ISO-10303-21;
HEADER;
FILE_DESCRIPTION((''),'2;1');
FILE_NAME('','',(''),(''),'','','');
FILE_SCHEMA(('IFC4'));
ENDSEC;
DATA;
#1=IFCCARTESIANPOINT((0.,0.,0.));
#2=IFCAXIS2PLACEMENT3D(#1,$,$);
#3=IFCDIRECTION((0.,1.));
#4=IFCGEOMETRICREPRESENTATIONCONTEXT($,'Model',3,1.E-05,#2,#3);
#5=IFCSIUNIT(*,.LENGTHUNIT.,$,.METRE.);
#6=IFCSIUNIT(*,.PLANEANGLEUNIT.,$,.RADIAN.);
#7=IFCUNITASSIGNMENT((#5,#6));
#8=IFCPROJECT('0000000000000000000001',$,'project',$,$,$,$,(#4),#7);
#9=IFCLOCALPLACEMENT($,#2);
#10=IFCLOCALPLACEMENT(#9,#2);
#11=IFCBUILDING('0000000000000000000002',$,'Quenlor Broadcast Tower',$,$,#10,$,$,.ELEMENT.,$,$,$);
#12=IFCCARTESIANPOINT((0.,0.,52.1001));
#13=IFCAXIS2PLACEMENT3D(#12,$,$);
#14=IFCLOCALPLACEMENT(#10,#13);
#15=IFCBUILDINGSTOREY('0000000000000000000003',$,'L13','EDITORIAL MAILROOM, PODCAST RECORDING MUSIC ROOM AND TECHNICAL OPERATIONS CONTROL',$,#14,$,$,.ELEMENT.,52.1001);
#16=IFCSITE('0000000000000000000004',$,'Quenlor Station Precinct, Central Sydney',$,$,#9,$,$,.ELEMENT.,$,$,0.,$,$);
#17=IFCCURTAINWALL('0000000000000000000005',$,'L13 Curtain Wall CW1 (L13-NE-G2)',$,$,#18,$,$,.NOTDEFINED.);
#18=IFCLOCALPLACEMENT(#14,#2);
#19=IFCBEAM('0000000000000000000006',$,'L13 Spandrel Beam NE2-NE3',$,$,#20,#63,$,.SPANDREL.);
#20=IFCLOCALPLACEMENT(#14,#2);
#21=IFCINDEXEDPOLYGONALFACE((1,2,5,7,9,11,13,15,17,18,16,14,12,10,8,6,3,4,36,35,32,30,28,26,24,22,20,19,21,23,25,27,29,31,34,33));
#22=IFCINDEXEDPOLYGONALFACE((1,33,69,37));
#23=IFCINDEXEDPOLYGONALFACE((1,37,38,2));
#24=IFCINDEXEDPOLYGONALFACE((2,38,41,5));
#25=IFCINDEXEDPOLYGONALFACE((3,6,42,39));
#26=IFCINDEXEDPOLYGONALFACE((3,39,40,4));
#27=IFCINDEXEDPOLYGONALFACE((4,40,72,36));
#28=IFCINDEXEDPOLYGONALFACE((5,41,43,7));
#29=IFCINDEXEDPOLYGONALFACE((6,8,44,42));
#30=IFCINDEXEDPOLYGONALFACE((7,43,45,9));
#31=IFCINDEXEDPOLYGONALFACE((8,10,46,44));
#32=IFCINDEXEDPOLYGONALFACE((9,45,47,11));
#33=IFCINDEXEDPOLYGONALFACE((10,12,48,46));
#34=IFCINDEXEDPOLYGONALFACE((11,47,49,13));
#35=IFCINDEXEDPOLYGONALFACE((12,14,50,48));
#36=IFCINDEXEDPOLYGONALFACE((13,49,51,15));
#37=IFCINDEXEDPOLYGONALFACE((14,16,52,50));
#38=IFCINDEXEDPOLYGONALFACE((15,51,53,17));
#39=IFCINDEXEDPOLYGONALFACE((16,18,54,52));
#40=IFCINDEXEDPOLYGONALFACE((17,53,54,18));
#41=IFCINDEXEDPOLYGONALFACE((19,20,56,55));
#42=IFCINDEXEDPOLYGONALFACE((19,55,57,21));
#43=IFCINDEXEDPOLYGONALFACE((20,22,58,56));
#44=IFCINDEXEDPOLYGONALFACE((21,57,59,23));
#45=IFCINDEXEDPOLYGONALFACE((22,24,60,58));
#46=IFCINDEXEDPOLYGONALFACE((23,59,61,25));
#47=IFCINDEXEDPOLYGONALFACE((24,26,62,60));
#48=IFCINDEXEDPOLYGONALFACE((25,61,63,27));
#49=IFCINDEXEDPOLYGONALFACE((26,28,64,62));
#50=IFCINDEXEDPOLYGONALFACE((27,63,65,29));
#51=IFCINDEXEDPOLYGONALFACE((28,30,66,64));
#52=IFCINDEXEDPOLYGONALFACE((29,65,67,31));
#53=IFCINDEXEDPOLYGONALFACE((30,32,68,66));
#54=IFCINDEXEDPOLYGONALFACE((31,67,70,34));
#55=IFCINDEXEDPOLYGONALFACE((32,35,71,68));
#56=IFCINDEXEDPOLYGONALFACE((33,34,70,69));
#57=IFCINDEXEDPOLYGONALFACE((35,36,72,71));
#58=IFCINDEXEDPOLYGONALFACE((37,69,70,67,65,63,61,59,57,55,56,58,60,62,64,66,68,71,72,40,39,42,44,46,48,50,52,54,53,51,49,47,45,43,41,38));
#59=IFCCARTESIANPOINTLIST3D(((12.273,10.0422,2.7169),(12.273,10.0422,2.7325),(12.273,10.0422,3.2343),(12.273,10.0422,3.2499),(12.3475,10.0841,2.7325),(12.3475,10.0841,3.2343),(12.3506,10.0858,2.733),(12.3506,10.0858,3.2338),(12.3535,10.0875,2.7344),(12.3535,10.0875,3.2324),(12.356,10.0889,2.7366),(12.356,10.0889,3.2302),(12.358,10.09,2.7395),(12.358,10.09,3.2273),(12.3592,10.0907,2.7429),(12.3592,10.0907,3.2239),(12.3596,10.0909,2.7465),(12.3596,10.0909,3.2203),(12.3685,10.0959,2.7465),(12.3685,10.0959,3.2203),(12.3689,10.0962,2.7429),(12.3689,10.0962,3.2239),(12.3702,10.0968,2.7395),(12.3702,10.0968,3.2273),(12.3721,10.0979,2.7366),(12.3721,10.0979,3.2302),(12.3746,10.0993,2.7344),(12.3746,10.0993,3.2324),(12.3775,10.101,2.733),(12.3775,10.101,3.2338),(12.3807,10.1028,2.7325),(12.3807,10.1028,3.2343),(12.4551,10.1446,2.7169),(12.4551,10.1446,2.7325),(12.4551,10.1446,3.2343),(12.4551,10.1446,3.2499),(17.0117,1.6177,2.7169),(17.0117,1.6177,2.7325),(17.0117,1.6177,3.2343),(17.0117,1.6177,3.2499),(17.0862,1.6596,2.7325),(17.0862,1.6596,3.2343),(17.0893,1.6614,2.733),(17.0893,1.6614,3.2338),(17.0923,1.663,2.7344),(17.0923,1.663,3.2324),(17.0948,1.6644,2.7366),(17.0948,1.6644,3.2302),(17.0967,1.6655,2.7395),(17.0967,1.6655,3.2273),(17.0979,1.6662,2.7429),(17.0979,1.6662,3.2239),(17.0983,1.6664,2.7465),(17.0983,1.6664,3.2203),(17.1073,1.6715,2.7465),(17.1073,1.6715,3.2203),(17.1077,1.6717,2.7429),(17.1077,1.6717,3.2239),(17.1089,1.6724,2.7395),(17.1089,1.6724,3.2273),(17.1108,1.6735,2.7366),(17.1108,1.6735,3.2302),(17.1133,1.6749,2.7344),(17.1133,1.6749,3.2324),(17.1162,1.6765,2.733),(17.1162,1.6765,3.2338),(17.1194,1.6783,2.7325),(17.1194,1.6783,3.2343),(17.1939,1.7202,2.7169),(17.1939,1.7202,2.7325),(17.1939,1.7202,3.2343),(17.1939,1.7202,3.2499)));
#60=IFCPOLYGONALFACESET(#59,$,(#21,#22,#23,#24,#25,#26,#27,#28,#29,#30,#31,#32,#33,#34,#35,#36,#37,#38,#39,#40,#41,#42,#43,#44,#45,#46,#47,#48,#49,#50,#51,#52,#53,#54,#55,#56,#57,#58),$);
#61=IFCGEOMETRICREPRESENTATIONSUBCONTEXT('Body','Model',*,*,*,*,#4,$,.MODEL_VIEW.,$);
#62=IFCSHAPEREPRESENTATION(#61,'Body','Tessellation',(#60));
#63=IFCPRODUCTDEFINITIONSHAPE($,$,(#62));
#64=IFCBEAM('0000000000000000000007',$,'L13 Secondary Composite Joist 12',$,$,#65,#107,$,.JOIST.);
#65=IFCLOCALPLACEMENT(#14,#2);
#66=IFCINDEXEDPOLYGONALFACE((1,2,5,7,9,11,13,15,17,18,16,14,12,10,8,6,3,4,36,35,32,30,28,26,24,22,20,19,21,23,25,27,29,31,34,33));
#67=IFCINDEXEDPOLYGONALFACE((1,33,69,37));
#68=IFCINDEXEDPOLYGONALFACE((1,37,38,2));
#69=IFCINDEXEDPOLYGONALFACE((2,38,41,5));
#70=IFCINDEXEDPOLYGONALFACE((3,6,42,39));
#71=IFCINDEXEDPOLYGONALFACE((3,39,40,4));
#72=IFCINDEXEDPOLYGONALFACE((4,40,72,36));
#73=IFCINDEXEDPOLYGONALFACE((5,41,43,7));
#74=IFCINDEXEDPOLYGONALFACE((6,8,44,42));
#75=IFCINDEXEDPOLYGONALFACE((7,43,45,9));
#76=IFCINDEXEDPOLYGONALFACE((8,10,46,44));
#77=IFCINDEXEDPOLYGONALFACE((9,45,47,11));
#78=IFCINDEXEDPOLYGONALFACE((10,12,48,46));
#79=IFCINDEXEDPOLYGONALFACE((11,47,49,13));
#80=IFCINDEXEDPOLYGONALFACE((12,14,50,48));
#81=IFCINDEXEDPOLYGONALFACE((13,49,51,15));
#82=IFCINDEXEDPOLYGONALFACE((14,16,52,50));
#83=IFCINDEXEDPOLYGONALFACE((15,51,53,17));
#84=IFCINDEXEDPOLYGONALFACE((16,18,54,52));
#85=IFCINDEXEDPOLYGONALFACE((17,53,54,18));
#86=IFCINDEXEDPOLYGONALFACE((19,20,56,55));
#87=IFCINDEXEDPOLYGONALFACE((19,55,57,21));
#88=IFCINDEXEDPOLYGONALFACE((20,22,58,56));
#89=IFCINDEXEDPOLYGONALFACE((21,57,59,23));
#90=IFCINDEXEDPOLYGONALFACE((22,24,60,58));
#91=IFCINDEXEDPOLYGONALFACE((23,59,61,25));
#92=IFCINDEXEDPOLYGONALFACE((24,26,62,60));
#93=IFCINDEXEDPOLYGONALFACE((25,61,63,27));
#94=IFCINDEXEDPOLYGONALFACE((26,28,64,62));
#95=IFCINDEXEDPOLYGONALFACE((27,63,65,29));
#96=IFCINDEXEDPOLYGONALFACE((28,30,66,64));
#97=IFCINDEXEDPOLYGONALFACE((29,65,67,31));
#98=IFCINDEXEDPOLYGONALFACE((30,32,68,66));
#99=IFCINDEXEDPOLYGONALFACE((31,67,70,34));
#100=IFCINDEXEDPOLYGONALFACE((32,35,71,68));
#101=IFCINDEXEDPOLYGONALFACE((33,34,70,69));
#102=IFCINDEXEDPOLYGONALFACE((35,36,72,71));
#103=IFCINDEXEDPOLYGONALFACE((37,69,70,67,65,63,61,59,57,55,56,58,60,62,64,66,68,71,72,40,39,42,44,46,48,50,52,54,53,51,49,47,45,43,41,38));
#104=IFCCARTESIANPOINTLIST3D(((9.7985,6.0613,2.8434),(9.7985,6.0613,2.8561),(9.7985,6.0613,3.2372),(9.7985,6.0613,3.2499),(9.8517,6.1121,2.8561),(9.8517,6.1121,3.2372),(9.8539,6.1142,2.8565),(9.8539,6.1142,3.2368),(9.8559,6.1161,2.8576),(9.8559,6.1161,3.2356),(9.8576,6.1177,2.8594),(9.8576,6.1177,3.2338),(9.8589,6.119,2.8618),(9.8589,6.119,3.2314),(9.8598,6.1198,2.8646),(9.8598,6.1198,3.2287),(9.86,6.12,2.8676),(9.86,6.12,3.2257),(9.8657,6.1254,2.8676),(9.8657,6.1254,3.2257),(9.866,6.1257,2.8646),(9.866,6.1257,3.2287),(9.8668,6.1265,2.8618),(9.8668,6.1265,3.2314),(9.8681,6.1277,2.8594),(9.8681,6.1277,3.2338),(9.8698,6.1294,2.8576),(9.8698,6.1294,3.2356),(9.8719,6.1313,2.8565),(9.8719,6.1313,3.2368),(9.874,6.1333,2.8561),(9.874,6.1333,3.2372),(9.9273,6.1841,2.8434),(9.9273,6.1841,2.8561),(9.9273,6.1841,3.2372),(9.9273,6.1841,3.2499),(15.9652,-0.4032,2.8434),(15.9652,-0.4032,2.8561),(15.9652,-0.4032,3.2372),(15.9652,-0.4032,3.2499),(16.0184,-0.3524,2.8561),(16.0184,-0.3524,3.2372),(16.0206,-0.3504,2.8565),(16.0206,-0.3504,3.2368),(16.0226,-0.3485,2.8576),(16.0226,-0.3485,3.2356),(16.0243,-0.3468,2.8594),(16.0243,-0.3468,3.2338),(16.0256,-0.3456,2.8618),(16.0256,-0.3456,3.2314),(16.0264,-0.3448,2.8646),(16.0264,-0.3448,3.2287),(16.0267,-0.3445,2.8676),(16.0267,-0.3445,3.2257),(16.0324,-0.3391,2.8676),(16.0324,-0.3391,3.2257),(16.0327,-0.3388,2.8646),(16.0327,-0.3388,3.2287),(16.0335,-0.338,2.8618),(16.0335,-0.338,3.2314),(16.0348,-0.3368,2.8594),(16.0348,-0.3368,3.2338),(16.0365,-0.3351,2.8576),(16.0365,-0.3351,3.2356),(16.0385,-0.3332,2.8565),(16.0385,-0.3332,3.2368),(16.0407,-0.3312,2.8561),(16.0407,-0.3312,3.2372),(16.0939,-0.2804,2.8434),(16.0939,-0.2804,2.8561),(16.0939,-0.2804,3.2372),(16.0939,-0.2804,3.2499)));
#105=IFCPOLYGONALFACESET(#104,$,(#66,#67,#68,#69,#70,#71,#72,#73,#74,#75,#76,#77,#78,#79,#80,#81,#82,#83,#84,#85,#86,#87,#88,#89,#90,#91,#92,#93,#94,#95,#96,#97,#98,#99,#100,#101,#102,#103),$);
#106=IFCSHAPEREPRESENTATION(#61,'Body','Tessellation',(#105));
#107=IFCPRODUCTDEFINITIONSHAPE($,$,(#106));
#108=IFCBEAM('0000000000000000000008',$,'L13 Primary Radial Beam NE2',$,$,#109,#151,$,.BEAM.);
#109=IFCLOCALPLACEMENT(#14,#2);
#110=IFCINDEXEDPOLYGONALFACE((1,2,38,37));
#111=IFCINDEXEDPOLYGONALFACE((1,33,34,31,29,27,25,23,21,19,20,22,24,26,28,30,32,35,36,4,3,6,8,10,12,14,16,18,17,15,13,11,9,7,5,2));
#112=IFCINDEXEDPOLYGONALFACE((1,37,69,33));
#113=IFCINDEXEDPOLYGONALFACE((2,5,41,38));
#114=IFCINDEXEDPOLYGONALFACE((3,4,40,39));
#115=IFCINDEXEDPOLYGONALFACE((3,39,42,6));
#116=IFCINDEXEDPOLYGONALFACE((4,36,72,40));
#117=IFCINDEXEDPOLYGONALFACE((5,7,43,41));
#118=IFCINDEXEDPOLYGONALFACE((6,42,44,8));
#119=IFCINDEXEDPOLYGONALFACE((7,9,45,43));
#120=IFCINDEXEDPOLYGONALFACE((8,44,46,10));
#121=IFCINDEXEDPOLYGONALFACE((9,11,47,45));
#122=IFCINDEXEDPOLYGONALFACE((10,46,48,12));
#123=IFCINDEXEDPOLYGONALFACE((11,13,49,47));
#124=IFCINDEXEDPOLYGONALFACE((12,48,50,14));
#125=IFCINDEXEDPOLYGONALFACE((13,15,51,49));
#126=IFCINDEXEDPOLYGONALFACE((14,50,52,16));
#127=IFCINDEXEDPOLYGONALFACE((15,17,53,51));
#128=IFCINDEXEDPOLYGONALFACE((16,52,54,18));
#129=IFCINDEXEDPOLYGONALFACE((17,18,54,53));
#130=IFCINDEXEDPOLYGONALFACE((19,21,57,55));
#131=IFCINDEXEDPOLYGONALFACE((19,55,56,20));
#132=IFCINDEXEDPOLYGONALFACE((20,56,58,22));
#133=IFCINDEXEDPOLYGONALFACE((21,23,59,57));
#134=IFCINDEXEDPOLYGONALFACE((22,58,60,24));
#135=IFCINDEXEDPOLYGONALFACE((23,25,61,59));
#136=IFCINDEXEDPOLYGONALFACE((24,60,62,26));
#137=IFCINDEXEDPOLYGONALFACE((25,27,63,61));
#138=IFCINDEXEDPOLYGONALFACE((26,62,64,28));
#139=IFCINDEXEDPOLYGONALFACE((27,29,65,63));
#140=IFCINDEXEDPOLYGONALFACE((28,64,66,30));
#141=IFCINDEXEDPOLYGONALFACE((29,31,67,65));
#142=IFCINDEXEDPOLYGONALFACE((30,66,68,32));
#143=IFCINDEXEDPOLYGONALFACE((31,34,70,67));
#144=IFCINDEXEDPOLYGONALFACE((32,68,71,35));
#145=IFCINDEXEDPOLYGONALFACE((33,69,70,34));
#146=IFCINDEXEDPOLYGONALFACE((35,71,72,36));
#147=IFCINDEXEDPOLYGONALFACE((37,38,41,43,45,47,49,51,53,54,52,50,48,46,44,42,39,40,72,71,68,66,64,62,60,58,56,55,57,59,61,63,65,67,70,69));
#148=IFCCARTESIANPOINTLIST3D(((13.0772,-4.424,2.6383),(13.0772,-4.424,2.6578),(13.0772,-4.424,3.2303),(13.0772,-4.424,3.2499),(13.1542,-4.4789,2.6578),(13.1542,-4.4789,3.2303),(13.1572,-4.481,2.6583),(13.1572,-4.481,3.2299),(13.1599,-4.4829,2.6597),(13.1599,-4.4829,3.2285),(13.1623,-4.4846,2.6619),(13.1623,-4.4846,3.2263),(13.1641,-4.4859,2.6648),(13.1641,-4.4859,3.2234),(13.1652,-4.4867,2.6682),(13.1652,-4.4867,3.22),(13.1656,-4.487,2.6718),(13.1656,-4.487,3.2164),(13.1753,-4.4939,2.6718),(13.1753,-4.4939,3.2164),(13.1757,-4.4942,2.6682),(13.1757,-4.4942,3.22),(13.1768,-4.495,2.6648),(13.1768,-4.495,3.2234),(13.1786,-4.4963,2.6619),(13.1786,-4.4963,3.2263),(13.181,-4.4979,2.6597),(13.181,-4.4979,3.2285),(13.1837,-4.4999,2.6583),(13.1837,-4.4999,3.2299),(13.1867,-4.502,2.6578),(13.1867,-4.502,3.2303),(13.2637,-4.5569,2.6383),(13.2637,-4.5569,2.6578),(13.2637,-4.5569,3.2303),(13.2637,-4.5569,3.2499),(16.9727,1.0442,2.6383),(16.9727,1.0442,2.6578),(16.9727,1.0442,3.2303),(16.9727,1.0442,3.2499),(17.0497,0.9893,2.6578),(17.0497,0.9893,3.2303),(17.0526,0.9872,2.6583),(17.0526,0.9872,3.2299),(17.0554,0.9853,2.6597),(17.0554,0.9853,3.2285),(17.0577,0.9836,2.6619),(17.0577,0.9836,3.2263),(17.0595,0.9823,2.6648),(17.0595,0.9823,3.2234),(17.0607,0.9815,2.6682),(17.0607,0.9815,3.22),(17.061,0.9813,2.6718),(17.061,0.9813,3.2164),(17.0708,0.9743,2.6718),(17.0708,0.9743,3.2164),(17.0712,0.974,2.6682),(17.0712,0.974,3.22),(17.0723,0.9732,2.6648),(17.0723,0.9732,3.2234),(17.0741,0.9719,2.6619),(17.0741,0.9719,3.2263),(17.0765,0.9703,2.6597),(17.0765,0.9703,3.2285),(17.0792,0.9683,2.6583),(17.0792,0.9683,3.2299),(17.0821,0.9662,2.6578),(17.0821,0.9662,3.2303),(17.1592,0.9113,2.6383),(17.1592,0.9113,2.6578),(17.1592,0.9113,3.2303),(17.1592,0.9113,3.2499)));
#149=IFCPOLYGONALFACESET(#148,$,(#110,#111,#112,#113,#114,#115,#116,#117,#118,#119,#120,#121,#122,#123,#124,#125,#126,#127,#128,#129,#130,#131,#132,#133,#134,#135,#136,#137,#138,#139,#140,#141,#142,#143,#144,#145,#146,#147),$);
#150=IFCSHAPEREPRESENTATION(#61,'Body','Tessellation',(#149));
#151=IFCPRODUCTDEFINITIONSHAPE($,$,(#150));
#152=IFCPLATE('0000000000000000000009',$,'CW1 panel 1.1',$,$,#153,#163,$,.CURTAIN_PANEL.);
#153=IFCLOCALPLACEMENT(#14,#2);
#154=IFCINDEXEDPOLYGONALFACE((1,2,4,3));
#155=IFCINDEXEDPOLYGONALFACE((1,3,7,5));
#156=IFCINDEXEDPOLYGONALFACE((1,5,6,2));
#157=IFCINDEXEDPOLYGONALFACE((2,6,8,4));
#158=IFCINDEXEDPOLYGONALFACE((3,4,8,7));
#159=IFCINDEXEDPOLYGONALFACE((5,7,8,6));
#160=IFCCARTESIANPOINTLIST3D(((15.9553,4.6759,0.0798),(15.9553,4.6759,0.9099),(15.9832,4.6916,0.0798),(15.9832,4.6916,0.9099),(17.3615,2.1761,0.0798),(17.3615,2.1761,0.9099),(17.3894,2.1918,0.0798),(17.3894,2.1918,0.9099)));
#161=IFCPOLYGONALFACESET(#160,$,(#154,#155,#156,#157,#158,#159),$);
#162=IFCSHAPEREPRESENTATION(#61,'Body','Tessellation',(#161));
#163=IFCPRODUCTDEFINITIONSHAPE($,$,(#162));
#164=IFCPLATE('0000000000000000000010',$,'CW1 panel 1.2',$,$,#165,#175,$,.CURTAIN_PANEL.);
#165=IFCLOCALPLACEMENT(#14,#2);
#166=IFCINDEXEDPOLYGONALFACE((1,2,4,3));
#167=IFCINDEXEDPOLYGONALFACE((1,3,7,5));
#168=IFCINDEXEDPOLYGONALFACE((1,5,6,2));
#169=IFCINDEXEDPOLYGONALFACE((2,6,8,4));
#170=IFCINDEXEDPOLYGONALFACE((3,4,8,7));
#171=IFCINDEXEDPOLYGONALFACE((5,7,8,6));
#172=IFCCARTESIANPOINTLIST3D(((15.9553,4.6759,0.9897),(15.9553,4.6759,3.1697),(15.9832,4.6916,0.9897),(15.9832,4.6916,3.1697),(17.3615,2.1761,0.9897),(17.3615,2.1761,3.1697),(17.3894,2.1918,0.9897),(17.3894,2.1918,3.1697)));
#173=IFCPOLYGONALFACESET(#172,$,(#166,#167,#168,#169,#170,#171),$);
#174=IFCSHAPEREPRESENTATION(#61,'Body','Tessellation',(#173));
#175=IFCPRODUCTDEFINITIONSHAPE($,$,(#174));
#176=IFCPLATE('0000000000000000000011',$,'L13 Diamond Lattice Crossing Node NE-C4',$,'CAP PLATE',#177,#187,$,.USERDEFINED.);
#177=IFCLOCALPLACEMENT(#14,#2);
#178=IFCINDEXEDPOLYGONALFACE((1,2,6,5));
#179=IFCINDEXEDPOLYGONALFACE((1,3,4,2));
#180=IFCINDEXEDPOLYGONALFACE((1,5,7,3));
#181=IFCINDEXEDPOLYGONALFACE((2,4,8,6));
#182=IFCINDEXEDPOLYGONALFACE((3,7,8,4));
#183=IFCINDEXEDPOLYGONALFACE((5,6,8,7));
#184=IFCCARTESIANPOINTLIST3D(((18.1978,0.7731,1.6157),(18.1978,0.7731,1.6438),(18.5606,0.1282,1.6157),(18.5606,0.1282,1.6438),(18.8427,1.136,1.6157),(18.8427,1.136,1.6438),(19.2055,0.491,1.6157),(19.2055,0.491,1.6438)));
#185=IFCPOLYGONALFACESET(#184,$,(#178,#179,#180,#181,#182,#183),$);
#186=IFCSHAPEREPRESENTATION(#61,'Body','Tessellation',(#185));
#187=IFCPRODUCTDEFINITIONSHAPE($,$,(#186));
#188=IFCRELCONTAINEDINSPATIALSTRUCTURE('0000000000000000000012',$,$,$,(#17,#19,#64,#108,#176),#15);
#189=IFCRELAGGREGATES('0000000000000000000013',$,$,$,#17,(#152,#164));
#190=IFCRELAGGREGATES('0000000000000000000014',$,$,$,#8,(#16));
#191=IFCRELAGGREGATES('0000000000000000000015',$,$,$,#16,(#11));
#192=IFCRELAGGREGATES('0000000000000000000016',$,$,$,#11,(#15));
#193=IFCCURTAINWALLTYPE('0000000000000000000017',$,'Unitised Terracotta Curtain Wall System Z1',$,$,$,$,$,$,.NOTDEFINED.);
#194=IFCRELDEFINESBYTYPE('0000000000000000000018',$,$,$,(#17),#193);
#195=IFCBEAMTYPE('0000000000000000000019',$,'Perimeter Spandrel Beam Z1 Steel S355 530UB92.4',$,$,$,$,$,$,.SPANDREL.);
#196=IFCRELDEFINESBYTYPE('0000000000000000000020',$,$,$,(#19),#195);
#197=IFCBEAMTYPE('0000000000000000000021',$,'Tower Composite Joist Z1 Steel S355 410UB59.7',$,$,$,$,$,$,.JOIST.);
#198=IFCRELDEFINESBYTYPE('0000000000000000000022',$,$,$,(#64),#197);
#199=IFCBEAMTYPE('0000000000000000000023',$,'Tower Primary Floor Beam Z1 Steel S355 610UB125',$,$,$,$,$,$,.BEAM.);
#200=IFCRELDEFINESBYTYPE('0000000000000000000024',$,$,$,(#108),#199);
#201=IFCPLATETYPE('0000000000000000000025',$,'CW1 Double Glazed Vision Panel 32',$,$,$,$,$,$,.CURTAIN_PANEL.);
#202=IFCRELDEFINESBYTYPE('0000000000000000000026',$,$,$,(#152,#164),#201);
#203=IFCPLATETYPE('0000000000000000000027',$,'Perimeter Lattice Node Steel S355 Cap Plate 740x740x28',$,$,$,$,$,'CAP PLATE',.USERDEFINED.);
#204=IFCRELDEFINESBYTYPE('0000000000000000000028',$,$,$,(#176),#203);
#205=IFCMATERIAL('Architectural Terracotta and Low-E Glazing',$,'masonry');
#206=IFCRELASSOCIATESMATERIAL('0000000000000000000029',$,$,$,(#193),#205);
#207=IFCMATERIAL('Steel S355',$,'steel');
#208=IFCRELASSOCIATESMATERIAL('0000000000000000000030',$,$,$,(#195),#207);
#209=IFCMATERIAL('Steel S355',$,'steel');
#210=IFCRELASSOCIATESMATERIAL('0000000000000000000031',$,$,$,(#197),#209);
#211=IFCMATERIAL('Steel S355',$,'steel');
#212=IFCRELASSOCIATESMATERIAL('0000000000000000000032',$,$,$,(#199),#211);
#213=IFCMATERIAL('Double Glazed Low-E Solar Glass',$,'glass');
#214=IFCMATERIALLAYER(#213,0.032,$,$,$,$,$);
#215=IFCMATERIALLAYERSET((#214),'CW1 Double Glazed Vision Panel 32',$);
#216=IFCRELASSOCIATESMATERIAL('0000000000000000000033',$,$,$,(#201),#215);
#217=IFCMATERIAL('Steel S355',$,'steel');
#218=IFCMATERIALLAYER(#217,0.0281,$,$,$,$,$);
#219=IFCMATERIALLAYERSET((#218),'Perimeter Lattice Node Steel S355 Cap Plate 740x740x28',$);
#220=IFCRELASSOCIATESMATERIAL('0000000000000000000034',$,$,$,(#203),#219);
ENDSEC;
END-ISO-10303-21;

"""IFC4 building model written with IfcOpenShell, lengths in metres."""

from ifc_helpers import new_model, si_unit, direction, frame, origin, origin_2d, place, context, subcontext, project, spatial, rectangle, i_section, extrude, material, layer, layer_set, material_profile, profile_set, type_object, element, aggregate, save


model = new_model("IFC4")

# Units and contexts
model_context = context("Model", 3, precision=1e-05, world=origin(), true_north=direction((0.0, 1.0)))
body_context = subcontext(model_context, "Body", "Model", "MODEL_VIEW")
ifc_project = project(units=[si_unit("LENGTHUNIT", "METRE"), si_unit("PLANEANGLEUNIT", "RADIAN")], contexts=[model_context])

# Site, building, storey
site_placement = place(None, origin())
site = spatial("IfcSite", under=ifc_project, at=site_placement, Name="Quenlor Station Precinct, Central Sydney", CompositionType="ELEMENT", RefElevation=0.0)
building_placement = place(site_placement, origin())
building = spatial("IfcBuilding", under=site, at=building_placement, Name="Quenlor Broadcast Tower", CompositionType="ELEMENT")
storey_placement = place(building_placement, frame((0.0, 0.0, 52.1001)))
storey = spatial("IfcBuildingStorey", under=building, at=storey_placement, Name="L13", Description="EDITORIAL MAILROOM, PODCAST RECORDING MUSIC ROOM AND TECHNICAL OPERATIONS CONTROL", CompositionType="ELEMENT", Elevation=52.1001)

# Curtain wall
ifc_material_1 = material(Name="Architectural Terracotta and Low-E Glazing", Category="masonry")
curtain_wall_type = type_object("IfcCurtainWallType", Name="Unitised Terracotta Curtain Wall System Z1", PredefinedType="NOTDEFINED", material=ifc_material_1)
curtain_wall_1_placement = place(storey_placement, origin())
curtain_wall_1 = element("IfcCurtainWall", 1, at=curtain_wall_1_placement, inside=storey, type_object=curtain_wall_type, Name="L13 Curtain Wall CW1 (L13-NE-G2)", PredefinedType="NOTDEFINED")

# Beams
ifc_material_2 = material(Name="Steel S355", Category="steel")
ifc_material_profile_1 = material_profile(ifc_material_2, i_section(OverallWidth=0.209, OverallDepth=0.533, WebThickness=0.0103, FlangeThickness=0.0156, FilletRadius=0.0139, at=origin_2d()))
ifc_profile_set_1 = profile_set([ifc_material_profile_1], Name="Steel S355 530UB92.4")
beam_type_1 = type_object("IfcBeamType", Name="Perimeter Spandrel Beam Z1 Steel S355 530UB92.4", PredefinedType="SPANDREL", material=ifc_profile_set_1)
beam_1_placement = place(storey_placement, frame((17.1028, 1.6689, 2.9834), z_axis=(-0.490258, 0.871578, 0.0), x_axis=(-0.871578, -0.490258, 0.0)))
element("IfcBeam", 2, at=beam_1_placement, inside=storey, type_object=beam_type_1, Name="L13 Spandrel Beam NE2-NE3", PredefinedType="SPANDREL", context=body_context, shape_type="SweptSolid", body=[
    extrude(i_section(OverallWidth=0.209, OverallDepth=0.533, WebThickness=0.0103, FlangeThickness=0.0156, FilletRadius=0.0139, at=origin_2d()), origin(), (0.0, 0.0, 1.0), 9.6658),
])
ifc_material_3 = material(Name="Steel S355", Category="steel")
ifc_material_profile_2 = material_profile(ifc_material_3, i_section(OverallWidth=0.178, OverallDepth=0.4065, WebThickness=0.0078, FlangeThickness=0.0127, FilletRadius=0.0115, at=origin_2d()))
ifc_profile_set_2 = profile_set([ifc_material_profile_2], Name="Steel S355 410UB59.7")
beam_type_2 = type_object("IfcBeamType", Name="Tower Composite Joist Z1 Steel S355 410UB59.7", PredefinedType="JOIST", material=ifc_profile_set_2)
beam_2_placement = place(storey_placement, frame((16.0295, -0.3418, 3.0466), z_axis=(-0.690241, 0.723579, 0.0), x_axis=(-0.723579, -0.690241, 0.0)))
element("IfcBeam", 3, at=beam_2_placement, inside=storey, type_object=beam_type_2, Name="L13 Secondary Composite Joist 12", PredefinedType="JOIST", context=body_context, shape_type="SweptSolid", body=[
    extrude(i_section(OverallWidth=0.178, OverallDepth=0.4065, WebThickness=0.0078, FlangeThickness=0.0127, FilletRadius=0.0115, at=origin_2d()), origin(), (0.0, 0.0, 1.0), 8.9341),
])
ifc_material_4 = material(Name="Steel S355", Category="steel")
ifc_material_profile_3 = material_profile(ifc_material_4, i_section(OverallWidth=0.229, OverallDepth=0.6116, WebThickness=0.012, FlangeThickness=0.0195, FilletRadius=0.0139, at=origin_2d()))
ifc_profile_set_3 = profile_set([ifc_material_profile_3], Name="Steel S355 610UB125")
beam_type_3 = type_object("IfcBeamType", Name="Tower Primary Floor Beam Z1 Steel S355 610UB125", PredefinedType="BEAM", material=ifc_profile_set_3)
beam_3_placement = place(storey_placement, frame((17.0659, 0.9778, 2.9441), z_axis=(-0.580213, -0.814465, 0.0), x_axis=(0.814465, -0.580213, 0.0)))
element("IfcBeam", 4, at=beam_3_placement, inside=storey, type_object=beam_type_3, Name="L13 Primary Radial Beam NE2", PredefinedType="BEAM", context=body_context, shape_type="SweptSolid", body=[
    extrude(i_section(OverallWidth=0.229, OverallDepth=0.6116, WebThickness=0.012, FlangeThickness=0.0195, FilletRadius=0.0139, at=origin_2d()), origin(), (0.0, 0.0, 1.0), 6.7139),
])

# Plates
ifc_material_5 = material(Name="Double Glazed Low-E Solar Glass", Category="glass")
ifc_layer_1 = layer(ifc_material_5, 0.032)
ifc_layer_set_1 = layer_set([ifc_layer_1], Name="CW1 Double Glazed Vision Panel 32")
plate_type_1 = type_object("IfcPlateType", Name="CW1 Double Glazed Vision Panel 32", PredefinedType="CURTAIN_PANEL", material=ifc_layer_set_1)
plate_1_placement = place(storey_placement, frame((16.6724, 3.4338, 0.0798), z_axis=(0.0, 0.0, 1.0), x_axis=(0.490274, -0.871568, 0.0)))
plate_1 = element("IfcPlate", 5, at=plate_1_placement, type_object=plate_type_1, Name="CW1 panel 1.1", PredefinedType="CURTAIN_PANEL", context=body_context, shape_type="SweptSolid", body=[
    extrude(rectangle(XDim=2.8682, YDim=0.032, at=origin_2d()), origin(), (0.0, 0.0, 1.0), 0.8301),
])
plate_2_placement = place(storey_placement, frame((16.6724, 3.4338, 0.9897), z_axis=(0.0, 0.0, 1.0), x_axis=(0.490274, -0.871568, 0.0)))
plate_2 = element("IfcPlate", 6, at=plate_2_placement, type_object=plate_type_1, Name="CW1 panel 1.2", PredefinedType="CURTAIN_PANEL", context=body_context, shape_type="SweptSolid", body=[
    extrude(rectangle(XDim=2.8682, YDim=0.032, at=origin_2d()), origin(), (0.0, 0.0, 1.0), 2.1799),
])
aggregate(curtain_wall_1, [plate_1, plate_2])

# Plate
ifc_material_6 = material(Name="Steel S355", Category="steel")
ifc_layer_2 = layer(ifc_material_6, 0.0281)
ifc_layer_set_2 = layer_set([ifc_layer_2], Name="Perimeter Lattice Node Steel S355 Cap Plate 740x740x28")
plate_type_2 = type_object("IfcPlateType", Name="Perimeter Lattice Node Steel S355 Cap Plate 740x740x28", ElementType="CAP PLATE", PredefinedType="USERDEFINED", material=ifc_layer_set_2)
plate_3_placement = place(storey_placement, frame((18.7017, 0.6321, 1.6157), z_axis=(0.0, 0.0, 1.0), x_axis=(0.490295, -0.871556, 0.0)))
element("IfcPlate", 7, at=plate_3_placement, inside=storey, type_object=plate_type_2, Name="L13 Diamond Lattice Crossing Node NE-C4", ObjectType="CAP PLATE", PredefinedType="USERDEFINED", context=body_context, shape_type="SweptSolid", body=[
    extrude(rectangle(XDim=0.74, YDim=0.74, at=origin_2d()), origin(), (0.0, 0.0, 1.0), 0.0281),
])

save(model, "model.ifc")
